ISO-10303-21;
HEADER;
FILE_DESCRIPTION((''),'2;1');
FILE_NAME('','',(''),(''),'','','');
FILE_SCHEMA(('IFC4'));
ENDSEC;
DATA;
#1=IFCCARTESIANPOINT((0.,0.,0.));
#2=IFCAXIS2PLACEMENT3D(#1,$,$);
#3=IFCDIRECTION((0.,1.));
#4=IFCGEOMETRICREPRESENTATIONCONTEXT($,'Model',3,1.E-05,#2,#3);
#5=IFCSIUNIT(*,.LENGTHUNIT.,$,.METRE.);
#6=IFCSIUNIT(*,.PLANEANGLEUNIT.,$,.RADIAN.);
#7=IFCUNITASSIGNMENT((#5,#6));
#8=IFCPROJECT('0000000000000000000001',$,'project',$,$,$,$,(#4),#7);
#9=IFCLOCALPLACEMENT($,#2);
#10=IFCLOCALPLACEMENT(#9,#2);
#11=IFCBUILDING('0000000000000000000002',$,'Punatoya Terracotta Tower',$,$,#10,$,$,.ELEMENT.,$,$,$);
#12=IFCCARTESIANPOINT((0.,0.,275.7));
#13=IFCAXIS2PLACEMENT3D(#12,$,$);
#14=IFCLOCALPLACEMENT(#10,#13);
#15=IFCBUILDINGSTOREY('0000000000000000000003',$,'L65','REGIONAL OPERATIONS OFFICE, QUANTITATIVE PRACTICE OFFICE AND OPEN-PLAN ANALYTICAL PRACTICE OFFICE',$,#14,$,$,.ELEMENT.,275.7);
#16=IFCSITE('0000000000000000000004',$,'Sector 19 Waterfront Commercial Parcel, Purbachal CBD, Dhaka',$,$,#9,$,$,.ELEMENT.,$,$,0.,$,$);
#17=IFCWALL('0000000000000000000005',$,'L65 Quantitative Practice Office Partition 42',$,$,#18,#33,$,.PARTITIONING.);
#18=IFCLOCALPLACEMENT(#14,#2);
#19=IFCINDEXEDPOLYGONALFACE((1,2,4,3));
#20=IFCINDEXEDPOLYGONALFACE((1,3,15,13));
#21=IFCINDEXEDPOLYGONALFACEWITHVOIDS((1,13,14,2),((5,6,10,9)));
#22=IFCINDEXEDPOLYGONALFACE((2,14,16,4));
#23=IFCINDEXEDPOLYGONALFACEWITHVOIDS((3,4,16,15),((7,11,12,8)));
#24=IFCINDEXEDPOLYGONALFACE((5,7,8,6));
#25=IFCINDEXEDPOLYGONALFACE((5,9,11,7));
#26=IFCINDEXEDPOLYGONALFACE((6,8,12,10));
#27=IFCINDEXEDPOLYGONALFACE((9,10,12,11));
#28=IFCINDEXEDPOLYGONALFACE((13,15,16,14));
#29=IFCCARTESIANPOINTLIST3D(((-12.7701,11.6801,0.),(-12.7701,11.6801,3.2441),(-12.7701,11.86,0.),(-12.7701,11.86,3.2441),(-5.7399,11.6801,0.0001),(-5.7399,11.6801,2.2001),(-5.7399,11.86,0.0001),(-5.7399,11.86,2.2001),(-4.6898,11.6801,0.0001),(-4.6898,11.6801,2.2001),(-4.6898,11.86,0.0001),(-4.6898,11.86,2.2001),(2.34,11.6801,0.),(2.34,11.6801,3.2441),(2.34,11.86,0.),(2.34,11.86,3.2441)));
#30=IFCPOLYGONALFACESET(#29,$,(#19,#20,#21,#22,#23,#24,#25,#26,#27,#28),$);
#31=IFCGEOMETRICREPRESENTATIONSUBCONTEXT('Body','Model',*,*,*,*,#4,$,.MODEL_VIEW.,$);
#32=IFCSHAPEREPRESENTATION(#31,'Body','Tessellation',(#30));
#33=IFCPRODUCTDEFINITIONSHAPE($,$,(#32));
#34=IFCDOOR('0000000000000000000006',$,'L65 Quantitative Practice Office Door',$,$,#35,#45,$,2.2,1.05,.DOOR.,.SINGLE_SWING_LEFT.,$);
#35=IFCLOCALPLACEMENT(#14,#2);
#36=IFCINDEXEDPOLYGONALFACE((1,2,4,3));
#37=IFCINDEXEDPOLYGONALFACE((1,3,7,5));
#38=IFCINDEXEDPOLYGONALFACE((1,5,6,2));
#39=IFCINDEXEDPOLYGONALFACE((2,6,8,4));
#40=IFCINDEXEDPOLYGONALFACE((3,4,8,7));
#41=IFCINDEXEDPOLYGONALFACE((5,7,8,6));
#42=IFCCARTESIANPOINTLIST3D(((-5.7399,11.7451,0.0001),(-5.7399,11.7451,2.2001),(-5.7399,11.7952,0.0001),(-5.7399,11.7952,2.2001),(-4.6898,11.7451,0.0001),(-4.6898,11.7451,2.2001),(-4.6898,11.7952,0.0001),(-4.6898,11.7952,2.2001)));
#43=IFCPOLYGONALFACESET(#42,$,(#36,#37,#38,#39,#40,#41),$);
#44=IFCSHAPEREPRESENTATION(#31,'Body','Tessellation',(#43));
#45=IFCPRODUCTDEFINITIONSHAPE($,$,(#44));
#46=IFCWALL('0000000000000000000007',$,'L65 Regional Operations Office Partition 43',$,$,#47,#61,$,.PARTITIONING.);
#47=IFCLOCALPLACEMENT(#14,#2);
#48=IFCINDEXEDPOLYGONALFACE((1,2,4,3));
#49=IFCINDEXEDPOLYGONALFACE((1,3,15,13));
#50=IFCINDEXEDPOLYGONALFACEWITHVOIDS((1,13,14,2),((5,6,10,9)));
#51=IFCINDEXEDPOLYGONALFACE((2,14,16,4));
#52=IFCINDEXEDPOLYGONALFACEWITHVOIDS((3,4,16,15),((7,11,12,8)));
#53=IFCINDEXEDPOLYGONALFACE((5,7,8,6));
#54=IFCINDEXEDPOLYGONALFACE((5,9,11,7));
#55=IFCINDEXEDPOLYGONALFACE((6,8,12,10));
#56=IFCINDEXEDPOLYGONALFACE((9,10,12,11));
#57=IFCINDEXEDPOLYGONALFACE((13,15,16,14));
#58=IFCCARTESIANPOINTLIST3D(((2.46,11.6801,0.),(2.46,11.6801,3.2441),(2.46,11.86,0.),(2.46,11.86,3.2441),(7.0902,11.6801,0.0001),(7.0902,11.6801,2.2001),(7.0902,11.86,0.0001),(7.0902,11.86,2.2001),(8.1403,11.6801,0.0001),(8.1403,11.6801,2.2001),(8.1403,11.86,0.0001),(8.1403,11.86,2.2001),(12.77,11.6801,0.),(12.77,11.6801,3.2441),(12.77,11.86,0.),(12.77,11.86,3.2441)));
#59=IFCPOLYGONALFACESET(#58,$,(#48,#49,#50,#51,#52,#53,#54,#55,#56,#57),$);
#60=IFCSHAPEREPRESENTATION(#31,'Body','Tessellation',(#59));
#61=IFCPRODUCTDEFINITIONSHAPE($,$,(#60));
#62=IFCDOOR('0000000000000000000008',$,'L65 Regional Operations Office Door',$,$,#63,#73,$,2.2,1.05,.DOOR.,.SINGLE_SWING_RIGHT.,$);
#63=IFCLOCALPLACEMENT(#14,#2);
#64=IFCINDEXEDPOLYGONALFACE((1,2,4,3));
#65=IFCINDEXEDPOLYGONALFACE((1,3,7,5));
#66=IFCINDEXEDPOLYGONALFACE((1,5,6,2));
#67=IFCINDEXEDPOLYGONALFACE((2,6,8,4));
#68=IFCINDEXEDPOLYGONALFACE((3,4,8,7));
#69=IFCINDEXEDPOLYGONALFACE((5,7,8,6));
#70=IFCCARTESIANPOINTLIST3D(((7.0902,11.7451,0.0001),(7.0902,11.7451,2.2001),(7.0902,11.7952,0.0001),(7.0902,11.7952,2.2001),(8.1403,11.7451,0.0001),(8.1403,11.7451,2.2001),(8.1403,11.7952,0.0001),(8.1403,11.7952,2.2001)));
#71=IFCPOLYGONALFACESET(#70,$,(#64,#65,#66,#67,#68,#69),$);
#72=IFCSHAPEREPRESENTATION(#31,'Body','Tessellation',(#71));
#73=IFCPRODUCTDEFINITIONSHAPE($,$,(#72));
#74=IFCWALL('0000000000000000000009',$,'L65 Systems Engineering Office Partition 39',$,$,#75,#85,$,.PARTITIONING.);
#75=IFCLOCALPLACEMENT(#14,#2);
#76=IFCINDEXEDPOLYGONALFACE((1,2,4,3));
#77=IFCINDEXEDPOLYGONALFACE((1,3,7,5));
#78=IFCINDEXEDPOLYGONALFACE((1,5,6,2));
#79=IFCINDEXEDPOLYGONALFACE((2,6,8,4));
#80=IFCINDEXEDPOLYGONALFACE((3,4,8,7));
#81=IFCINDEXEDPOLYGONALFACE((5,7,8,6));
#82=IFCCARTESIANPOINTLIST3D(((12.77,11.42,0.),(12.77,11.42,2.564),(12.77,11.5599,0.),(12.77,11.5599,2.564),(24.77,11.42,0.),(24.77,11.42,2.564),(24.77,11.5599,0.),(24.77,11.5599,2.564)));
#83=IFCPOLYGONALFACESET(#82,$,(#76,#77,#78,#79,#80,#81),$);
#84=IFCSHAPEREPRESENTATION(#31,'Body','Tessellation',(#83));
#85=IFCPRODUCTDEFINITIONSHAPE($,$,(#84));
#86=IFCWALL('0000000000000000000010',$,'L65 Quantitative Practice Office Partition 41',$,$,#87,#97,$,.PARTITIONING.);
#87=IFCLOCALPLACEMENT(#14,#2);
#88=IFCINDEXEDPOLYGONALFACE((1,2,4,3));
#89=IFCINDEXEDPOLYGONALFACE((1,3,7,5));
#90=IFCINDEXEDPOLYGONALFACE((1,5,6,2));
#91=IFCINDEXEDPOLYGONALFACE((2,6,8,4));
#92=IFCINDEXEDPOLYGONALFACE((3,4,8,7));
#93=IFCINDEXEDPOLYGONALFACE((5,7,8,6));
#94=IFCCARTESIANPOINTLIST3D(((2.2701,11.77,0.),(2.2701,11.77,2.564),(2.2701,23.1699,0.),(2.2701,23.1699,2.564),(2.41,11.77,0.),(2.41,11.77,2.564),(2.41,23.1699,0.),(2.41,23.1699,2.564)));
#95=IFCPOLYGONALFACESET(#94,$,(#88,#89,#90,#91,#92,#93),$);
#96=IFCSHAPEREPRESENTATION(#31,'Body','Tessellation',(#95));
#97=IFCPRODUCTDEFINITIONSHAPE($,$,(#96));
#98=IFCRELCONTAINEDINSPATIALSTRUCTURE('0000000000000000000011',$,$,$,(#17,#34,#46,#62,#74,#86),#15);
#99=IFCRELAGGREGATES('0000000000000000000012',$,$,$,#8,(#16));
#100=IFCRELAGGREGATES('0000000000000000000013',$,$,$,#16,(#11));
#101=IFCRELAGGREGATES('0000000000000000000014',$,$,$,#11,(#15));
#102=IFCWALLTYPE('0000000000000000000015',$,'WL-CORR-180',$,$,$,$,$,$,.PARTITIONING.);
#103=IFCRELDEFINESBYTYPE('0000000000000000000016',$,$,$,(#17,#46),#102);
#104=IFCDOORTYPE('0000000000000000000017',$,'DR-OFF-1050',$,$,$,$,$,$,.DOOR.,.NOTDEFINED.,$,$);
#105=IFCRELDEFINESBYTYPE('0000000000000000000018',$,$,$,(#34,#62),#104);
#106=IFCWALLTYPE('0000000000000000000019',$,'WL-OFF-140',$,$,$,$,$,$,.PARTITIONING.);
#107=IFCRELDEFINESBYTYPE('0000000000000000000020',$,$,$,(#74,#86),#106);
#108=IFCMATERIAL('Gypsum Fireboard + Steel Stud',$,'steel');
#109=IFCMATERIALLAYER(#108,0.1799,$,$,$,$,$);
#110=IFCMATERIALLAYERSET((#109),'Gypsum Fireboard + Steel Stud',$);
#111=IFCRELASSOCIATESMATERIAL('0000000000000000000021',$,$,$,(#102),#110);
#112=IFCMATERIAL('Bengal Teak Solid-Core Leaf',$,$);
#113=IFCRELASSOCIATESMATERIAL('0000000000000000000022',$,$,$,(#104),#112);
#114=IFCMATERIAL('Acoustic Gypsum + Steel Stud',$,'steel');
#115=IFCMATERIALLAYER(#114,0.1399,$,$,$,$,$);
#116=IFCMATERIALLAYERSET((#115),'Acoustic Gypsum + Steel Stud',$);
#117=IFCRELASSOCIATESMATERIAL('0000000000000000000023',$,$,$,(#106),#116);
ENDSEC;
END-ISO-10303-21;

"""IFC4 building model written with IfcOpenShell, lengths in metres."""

from ifc_helpers import new_model, si_unit, direction, frame, frame_2d, origin, place, context, subcontext, project, spatial, rectangle, extrude, material, layer, layer_set, type_object, element, fill, save


model = new_model("IFC4")

# Units and contexts
model_context = context("Model", 3, precision=1e-05, world=origin(), true_north=direction((0.0, 1.0)))
body_context = subcontext(model_context, "Body", "Model", "MODEL_VIEW")
ifc_project = project(units=[si_unit("LENGTHUNIT", "METRE"), si_unit("PLANEANGLEUNIT", "RADIAN")], contexts=[model_context])

# Site, building, storey
site_placement = place(None, origin())
site = spatial("IfcSite", under=ifc_project, at=site_placement, Name="Sector 19 Waterfront Commercial Parcel, Purbachal CBD, Dhaka", CompositionType="ELEMENT", RefElevation=0.0)
building_placement = place(site_placement, origin())
building = spatial("IfcBuilding", under=site, at=building_placement, Name="Punatoya Terracotta Tower", CompositionType="ELEMENT")
storey_placement = place(building_placement, frame((0.0, 0.0, 275.7)))
storey = spatial("IfcBuildingStorey", under=building, at=storey_placement, Name="L65", Description="REGIONAL OPERATIONS OFFICE, QUANTITATIVE PRACTICE OFFICE AND OPEN-PLAN ANALYTICAL PRACTICE OFFICE", CompositionType="ELEMENT", Elevation=275.7)

# Walls, openings, doors
ifc_material_1 = material(Name="Gypsum Fireboard + Steel Stud", Category="steel")
ifc_layer_1 = layer(ifc_material_1, 0.1799)
ifc_layer_set_1 = layer_set([ifc_layer_1], Name="Gypsum Fireboard + Steel Stud")
wall_type_1 = type_object("IfcWallType", Name="WL-CORR-180", PredefinedType="PARTITIONING", material=ifc_layer_set_1)
wall_1_placement = place(storey_placement, frame((2.3401, 11.77, 0.0), z_axis=(0.0, 0.0, 1.0), x_axis=(-1.0, 0.0, 0.0)))
wall_1 = element("IfcWall", 1, at=wall_1_placement, inside=storey, type_object=wall_type_1, Name="L65 Quantitative Practice Office Partition 42", PredefinedType="PARTITIONING", context=body_context, shape_type="SweptSolid", body=[
    extrude(rectangle(XDim=15.1101, YDim=0.1799, at=frame_2d((7.5552, 0.0))), origin(), (0.0, 0.0, 1.0), 3.2441),
])
opening_1_placement = place(wall_1_placement, frame((7.03, 0.0, 0.0)))
opening_1 = element("IfcOpeningElement", 2, at=opening_1_placement, cuts=wall_1, PredefinedType="OPENING", context=body_context, shape_type="SweptSolid", body=[
    extrude(rectangle(XDim=1.05, YDim=2.2, at=frame_2d((0.5249, 1.1001))), frame((0.0, 0.0999, 0.0), z_axis=(0.0, -1.0, 0.0), x_axis=(1.0, 0.0, 0.0)), (0.0, 0.0, 1.0), 0.2),
])
ifc_material_2 = material(Name="Bengal Teak Solid-Core Leaf")
door_type = type_object("IfcDoorType", Name="DR-OFF-1050", OperationType="NOTDEFINED", PredefinedType="DOOR", material=ifc_material_2)
door_1_placement = place(opening_1_placement, origin())
door_1 = element("IfcDoor", 3, at=door_1_placement, inside=storey, type_object=door_type, Name="L65 Quantitative Practice Office Door", OperationType="SINGLE_SWING_LEFT", OverallHeight=2.2, OverallWidth=1.05, PredefinedType="DOOR", context=body_context, shape_type="SweptSolid", body=[
    extrude(rectangle(XDim=1.05, YDim=2.2, at=frame_2d((0.5249, 1.1001))), frame((0.0, 0.0249, 0.0), z_axis=(0.0, -1.0, 0.0), x_axis=(1.0, 0.0, 0.0)), (0.0, 0.0, 1.0), 0.05),
])
fill(opening_1, door_1)
wall_2_placement = place(storey_placement, frame((12.77, 11.77, 0.0), z_axis=(0.0, 0.0, 1.0), x_axis=(-1.0, 0.0, 0.0)))
wall_2 = element("IfcWall", 4, at=wall_2_placement, inside=storey, type_object=wall_type_1, Name="L65 Regional Operations Office Partition 43", PredefinedType="PARTITIONING", context=body_context, shape_type="SweptSolid", body=[
    extrude(rectangle(XDim=10.3101, YDim=0.1799, at=frame_2d((5.155, 0.0))), origin(), (0.0, 0.0, 1.0), 3.2441),
])
opening_2_placement = place(wall_2_placement, frame((4.6299, 0.0, 0.0)))
opening_2 = element("IfcOpeningElement", 5, at=opening_2_placement, cuts=wall_2, PredefinedType="OPENING", context=body_context, shape_type="SweptSolid", body=[
    extrude(rectangle(XDim=1.05, YDim=2.2, at=frame_2d((0.5249, 1.1001))), frame((0.0, 0.0999, 0.0), z_axis=(0.0, -1.0, 0.0), x_axis=(1.0, 0.0, 0.0)), (0.0, 0.0, 1.0), 0.2),
])
door_2_placement = place(opening_2_placement, origin())
door_2 = element("IfcDoor", 6, at=door_2_placement, inside=storey, type_object=door_type, Name="L65 Regional Operations Office Door", OperationType="SINGLE_SWING_RIGHT", OverallHeight=2.2, OverallWidth=1.05, PredefinedType="DOOR", context=body_context, shape_type="SweptSolid", body=[
    extrude(rectangle(XDim=1.05, YDim=2.2, at=frame_2d((0.5249, 1.1001))), frame((0.0, 0.0249, 0.0), z_axis=(0.0, -1.0, 0.0), x_axis=(1.0, 0.0, 0.0)), (0.0, 0.0, 1.0), 0.05),
])
fill(opening_2, door_2)

# Walls
ifc_material_3 = material(Name="Acoustic Gypsum + Steel Stud", Category="steel")
ifc_layer_2 = layer(ifc_material_3, 0.1399)
ifc_layer_set_2 = layer_set([ifc_layer_2], Name="Acoustic Gypsum + Steel Stud")
wall_type_2 = type_object("IfcWallType", Name="WL-OFF-140", PredefinedType="PARTITIONING", material=ifc_layer_set_2)
wall_3_placement = place(storey_placement, frame((12.77, 11.49, 0.0), z_axis=(0.0, 0.0, 1.0), x_axis=(1.0, 0.0, 0.0)))
element("IfcWall", 7, at=wall_3_placement, inside=storey, type_object=wall_type_2, Name="L65 Systems Engineering Office Partition 39", PredefinedType="PARTITIONING", context=body_context, shape_type="SweptSolid", body=[
    extrude(rectangle(XDim=12.0, YDim=0.1399, at=frame_2d((6.0, 0.0))), origin(), (0.0, 0.0, 1.0), 2.564),
])
wall_4_placement = place(storey_placement, frame((2.3401, 23.1699, 0.0), z_axis=(0.0, 0.0, 1.0), x_axis=(0.0, -1.0, 0.0)))
element("IfcWall", 8, at=wall_4_placement, inside=storey, type_object=wall_type_2, Name="L65 Quantitative Practice Office Partition 41", PredefinedType="PARTITIONING", context=body_context, shape_type="SweptSolid", body=[
    extrude(rectangle(XDim=11.3999, YDim=0.1399, at=frame_2d((5.7, 0.0))), origin(), (0.0, 0.0, 1.0), 2.564),
])

save(model, "model.ifc")
